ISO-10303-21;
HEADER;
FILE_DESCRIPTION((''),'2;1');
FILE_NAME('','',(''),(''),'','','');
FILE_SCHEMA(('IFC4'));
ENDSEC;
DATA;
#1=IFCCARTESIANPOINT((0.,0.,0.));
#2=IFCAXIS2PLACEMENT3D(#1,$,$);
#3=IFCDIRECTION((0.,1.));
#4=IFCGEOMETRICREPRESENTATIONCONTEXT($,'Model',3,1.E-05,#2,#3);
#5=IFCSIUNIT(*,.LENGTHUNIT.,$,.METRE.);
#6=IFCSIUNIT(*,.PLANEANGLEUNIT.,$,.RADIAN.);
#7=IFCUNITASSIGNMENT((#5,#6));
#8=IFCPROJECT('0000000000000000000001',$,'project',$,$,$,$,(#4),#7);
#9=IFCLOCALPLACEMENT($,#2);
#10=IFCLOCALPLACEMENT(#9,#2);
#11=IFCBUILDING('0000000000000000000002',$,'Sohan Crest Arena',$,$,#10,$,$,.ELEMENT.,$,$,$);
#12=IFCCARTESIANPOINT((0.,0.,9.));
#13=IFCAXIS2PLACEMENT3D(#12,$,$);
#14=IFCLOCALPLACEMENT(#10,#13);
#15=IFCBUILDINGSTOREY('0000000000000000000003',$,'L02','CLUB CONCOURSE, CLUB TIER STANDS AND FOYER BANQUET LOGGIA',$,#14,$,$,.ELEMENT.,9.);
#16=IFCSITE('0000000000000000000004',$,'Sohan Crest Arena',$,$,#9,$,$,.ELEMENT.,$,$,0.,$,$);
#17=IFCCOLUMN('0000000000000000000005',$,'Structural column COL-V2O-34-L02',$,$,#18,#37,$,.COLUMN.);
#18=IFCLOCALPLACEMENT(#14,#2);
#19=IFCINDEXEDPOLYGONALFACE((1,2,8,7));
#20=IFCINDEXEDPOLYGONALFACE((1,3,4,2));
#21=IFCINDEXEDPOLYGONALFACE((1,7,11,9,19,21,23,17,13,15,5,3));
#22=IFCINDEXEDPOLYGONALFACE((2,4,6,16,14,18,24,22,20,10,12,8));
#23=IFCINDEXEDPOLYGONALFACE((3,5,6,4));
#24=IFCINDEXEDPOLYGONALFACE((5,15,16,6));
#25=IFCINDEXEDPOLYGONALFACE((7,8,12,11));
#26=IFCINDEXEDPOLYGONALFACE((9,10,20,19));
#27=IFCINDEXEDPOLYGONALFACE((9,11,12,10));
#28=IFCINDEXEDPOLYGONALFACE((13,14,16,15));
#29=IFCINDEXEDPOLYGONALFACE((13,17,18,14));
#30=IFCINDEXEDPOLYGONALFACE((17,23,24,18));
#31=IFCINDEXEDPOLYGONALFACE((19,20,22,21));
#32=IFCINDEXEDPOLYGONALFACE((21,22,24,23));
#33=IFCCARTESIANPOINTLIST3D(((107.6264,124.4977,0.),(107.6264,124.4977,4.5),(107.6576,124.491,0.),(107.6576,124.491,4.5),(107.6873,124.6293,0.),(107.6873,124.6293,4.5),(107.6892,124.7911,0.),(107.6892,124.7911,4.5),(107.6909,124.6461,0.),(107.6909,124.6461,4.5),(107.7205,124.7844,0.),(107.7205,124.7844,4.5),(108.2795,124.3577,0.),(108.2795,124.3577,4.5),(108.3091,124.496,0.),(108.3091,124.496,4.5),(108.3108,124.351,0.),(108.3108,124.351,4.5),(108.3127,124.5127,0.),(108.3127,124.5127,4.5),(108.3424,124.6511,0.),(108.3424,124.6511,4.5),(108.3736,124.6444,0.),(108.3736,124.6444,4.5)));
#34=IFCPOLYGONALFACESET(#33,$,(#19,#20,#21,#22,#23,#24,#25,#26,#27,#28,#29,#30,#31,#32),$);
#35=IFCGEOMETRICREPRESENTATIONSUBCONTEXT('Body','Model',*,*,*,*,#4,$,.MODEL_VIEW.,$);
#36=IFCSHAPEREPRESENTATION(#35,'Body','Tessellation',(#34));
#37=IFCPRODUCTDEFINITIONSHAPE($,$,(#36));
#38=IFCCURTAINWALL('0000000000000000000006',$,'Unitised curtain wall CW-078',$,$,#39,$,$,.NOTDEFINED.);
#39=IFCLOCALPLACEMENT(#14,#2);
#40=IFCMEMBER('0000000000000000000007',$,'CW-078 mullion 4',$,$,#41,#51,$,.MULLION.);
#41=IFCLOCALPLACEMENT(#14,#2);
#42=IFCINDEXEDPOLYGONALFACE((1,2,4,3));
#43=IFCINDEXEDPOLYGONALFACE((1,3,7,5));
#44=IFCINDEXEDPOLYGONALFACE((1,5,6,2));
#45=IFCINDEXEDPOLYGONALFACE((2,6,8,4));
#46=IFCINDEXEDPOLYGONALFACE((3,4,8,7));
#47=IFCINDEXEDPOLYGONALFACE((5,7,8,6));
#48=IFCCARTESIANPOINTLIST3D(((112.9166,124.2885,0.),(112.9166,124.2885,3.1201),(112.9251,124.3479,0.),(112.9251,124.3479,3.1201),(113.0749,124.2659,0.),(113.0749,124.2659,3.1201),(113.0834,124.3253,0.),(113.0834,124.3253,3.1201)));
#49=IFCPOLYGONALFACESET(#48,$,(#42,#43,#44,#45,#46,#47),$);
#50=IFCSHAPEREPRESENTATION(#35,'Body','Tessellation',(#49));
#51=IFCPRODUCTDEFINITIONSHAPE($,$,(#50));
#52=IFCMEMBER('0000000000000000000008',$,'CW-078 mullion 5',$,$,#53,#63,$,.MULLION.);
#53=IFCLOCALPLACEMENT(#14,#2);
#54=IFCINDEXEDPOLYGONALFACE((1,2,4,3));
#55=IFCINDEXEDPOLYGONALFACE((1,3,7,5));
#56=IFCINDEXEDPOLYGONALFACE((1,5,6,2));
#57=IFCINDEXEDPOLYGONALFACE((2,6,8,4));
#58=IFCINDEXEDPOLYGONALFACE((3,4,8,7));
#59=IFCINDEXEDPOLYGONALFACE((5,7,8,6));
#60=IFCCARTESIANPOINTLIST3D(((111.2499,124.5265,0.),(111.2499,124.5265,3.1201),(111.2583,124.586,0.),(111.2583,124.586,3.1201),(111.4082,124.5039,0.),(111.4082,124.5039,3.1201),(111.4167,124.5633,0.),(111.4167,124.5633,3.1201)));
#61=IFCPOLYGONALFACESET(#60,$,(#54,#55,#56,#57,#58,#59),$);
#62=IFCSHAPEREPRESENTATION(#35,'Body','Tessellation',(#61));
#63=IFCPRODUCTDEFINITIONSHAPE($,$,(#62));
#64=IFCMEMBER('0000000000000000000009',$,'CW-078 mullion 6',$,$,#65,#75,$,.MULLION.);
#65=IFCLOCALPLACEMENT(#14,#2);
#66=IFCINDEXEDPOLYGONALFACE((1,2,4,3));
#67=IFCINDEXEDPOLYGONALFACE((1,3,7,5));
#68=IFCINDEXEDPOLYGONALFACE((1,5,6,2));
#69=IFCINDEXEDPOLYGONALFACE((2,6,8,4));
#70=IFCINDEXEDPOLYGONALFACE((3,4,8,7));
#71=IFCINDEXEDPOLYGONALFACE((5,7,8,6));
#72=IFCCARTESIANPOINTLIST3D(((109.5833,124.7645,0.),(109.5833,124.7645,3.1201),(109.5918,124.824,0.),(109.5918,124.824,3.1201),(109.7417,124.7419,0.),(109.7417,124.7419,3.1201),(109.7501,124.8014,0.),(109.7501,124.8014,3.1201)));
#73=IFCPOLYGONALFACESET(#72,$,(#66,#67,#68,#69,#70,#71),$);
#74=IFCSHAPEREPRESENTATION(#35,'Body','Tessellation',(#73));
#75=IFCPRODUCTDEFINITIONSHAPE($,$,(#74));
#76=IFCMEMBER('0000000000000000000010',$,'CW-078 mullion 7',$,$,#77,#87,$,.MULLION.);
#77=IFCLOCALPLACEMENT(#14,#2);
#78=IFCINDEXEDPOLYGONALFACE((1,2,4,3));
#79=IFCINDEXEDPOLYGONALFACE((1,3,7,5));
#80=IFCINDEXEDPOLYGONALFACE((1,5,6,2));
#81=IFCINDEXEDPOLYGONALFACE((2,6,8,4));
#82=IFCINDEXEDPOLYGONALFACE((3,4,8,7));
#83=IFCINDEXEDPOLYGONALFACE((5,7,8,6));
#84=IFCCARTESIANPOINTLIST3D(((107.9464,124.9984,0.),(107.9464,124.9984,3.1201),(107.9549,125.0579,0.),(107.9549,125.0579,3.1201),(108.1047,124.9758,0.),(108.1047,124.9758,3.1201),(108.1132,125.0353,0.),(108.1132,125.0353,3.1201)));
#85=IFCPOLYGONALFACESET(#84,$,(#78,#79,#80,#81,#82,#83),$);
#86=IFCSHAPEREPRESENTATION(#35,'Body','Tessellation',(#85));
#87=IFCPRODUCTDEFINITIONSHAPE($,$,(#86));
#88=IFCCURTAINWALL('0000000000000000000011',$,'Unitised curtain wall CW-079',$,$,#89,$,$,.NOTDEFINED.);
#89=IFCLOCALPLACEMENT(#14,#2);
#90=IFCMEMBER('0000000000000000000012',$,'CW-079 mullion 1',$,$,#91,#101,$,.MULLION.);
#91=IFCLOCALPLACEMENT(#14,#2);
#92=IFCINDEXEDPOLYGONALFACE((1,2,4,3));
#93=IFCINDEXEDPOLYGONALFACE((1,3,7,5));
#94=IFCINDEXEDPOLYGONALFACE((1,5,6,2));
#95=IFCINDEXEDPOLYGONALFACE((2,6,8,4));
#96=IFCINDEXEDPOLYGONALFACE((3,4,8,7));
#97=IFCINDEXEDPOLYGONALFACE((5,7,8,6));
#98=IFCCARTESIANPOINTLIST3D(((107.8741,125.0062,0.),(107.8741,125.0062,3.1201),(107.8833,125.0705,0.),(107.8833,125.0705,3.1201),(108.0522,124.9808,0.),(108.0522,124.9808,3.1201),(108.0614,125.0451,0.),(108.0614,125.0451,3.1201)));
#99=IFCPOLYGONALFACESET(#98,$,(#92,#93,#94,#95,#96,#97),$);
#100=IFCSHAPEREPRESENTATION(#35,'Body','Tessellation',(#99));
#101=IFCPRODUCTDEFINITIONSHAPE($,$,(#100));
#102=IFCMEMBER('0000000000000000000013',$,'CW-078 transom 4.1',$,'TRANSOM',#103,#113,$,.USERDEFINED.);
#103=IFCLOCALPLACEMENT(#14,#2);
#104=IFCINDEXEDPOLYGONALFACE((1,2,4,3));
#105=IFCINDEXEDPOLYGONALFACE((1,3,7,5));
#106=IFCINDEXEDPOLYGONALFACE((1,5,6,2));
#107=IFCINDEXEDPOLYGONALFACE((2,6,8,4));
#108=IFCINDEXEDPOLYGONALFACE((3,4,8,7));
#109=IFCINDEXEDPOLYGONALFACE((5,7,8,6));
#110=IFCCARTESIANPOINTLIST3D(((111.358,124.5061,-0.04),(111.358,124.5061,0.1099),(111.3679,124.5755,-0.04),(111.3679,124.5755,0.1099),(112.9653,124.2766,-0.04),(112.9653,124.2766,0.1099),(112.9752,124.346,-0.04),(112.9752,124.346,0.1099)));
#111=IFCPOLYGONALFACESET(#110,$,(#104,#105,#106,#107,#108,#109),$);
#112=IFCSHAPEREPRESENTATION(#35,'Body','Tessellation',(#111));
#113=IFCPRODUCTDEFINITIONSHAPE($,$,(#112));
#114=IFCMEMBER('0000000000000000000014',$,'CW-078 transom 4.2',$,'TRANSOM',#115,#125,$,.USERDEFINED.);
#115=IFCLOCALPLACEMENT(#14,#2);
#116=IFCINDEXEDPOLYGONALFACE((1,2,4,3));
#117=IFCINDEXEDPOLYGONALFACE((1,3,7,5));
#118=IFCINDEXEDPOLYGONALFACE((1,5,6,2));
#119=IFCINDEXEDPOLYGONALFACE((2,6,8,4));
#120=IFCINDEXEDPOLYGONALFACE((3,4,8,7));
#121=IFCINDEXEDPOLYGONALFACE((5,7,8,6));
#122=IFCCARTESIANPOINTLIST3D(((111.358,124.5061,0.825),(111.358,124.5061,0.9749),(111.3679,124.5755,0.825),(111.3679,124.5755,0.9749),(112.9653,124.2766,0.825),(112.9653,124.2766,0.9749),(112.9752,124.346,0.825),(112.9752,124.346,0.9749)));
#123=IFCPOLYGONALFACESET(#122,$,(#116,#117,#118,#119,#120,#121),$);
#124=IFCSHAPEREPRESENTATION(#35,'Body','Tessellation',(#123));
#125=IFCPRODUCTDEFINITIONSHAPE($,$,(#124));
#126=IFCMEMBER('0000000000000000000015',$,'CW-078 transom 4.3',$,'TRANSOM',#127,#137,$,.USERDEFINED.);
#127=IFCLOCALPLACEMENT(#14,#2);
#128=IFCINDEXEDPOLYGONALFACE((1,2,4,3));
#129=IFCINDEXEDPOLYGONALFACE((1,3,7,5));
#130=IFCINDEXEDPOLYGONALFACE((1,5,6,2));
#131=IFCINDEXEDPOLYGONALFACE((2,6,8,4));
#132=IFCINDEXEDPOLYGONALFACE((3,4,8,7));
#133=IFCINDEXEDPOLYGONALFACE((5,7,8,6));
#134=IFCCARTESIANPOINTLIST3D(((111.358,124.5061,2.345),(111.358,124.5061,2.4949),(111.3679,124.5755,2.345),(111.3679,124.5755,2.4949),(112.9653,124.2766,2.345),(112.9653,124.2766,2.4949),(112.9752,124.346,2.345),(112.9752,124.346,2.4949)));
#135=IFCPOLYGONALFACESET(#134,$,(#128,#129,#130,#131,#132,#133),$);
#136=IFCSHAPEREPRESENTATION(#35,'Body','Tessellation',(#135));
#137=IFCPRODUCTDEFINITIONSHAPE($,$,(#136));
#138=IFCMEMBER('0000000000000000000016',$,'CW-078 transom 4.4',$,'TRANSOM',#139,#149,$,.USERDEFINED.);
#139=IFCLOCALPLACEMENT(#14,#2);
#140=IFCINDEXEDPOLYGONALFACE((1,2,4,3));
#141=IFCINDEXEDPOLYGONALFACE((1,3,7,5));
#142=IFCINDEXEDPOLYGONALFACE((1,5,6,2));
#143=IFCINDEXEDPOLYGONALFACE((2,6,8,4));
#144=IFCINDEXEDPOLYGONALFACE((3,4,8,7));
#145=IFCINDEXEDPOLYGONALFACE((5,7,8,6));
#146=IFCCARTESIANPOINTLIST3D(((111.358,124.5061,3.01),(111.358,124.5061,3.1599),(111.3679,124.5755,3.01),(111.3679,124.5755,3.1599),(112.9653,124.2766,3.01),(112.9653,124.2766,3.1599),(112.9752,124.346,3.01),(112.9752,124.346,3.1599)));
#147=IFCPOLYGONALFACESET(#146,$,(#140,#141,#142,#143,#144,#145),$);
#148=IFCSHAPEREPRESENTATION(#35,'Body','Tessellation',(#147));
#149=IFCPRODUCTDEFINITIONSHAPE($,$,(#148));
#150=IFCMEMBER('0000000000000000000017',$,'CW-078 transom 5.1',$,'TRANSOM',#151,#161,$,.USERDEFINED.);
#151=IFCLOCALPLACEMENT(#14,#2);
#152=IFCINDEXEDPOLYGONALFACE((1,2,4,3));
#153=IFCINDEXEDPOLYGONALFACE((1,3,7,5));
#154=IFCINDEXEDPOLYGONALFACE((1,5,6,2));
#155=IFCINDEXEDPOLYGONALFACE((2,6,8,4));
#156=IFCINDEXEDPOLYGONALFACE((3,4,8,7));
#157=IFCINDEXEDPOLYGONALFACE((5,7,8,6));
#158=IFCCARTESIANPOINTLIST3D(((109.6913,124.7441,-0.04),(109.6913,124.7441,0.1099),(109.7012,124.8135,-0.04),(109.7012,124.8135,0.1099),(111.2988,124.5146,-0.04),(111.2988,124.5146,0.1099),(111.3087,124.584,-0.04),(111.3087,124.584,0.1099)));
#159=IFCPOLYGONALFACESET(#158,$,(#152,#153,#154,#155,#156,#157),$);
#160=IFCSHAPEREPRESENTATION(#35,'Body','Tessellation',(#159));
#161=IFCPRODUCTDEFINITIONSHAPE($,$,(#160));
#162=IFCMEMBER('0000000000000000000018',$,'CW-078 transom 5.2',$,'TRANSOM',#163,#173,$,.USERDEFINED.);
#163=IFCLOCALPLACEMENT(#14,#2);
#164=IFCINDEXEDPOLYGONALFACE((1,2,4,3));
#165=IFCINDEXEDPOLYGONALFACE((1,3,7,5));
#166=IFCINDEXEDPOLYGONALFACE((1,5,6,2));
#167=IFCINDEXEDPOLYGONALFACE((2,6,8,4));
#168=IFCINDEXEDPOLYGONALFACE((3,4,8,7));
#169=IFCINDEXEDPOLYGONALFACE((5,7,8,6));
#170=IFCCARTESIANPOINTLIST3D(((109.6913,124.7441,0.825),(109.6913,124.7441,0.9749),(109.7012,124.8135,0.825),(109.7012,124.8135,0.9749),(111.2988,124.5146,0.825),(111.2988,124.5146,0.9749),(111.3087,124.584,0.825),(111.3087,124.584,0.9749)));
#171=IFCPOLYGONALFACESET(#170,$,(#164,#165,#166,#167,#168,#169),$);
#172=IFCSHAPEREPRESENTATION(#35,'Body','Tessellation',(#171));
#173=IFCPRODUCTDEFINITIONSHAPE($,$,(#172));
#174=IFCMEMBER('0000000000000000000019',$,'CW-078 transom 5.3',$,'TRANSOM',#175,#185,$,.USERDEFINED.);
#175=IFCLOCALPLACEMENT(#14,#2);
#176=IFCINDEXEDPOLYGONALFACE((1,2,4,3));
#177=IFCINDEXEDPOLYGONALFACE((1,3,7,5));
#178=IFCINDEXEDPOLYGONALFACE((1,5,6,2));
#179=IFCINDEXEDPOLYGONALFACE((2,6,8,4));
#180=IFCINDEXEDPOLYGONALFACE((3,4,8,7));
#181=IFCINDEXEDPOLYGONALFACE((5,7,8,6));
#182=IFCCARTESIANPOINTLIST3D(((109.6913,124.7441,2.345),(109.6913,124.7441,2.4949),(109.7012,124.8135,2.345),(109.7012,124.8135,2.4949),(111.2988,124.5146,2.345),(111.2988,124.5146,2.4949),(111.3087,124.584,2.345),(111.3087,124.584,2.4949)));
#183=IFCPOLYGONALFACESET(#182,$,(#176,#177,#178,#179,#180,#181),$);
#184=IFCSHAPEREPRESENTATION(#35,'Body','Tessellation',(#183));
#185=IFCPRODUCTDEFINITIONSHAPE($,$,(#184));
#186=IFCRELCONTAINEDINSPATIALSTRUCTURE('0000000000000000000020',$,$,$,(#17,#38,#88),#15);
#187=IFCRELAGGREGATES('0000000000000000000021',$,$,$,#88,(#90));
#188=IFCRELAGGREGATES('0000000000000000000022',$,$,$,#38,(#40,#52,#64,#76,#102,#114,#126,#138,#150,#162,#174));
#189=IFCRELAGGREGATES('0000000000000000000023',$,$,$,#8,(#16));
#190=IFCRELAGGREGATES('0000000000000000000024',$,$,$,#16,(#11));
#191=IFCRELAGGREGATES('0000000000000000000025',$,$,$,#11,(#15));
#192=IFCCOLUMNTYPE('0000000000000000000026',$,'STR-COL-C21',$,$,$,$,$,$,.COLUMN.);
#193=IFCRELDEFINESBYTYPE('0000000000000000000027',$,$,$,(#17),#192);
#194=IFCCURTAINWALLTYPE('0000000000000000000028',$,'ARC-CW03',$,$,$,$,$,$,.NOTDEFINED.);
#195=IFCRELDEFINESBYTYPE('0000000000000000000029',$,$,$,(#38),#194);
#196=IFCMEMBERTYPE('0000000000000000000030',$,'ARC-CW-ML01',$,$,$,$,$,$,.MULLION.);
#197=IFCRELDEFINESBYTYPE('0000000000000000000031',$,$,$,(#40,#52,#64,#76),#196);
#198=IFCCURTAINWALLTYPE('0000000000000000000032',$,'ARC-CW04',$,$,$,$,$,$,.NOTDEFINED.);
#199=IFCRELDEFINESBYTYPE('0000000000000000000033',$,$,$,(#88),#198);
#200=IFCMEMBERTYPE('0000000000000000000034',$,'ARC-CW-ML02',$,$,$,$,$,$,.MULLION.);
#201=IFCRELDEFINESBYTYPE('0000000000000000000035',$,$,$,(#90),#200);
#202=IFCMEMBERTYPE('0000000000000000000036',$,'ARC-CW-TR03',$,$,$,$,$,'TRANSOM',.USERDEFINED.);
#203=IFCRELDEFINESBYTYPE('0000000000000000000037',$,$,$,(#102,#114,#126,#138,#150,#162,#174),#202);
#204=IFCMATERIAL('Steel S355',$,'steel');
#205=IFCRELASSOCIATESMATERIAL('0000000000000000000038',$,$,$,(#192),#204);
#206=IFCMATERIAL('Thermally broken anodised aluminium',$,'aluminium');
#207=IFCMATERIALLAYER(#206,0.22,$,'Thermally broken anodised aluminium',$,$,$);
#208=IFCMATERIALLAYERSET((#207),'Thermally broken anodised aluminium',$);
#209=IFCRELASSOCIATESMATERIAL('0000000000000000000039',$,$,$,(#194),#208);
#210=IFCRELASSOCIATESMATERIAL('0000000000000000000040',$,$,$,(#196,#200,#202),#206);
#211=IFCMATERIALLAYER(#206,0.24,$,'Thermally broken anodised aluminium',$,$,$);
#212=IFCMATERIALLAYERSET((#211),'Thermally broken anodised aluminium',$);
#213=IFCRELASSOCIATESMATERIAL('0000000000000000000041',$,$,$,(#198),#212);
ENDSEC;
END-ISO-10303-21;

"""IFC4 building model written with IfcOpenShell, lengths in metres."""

from ifc_helpers import new_model, si_unit, direction, frame, origin, origin_2d, place, context, subcontext, project, spatial, rectangle, i_section, extrude, material, layer, layer_set, material_profile, profile_set, type_object, element, aggregate, save


model = new_model("IFC4")

# Units and contexts
model_context = context("Model", 3, precision=1e-05, world=origin(), true_north=direction((0.0, 1.0)))
body_context = subcontext(model_context, "Body", "Model", "MODEL_VIEW")
ifc_project = project(units=[si_unit("LENGTHUNIT", "METRE"), si_unit("PLANEANGLEUNIT", "RADIAN")], contexts=[model_context])

# Site, building, storey
site_placement = place(None, origin())
site = spatial("IfcSite", under=ifc_project, at=site_placement, Name="Sohan Crest Arena", CompositionType="ELEMENT", RefElevation=0.0)
building_placement = place(site_placement, origin())
building = spatial("IfcBuilding", under=site, at=building_placement, Name="Sohan Crest Arena", CompositionType="ELEMENT")
storey_placement = place(building_placement, frame((0.0, 0.0, 9.0)))
storey = spatial("IfcBuildingStorey", under=building, at=storey_placement, Name="L02", Description="CLUB CONCOURSE, CLUB TIER STANDS AND FOYER BANQUET LOGGIA", CompositionType="ELEMENT", Elevation=9.0)

# Column
ifc_material_1 = material(Name="Steel S355", Category="steel")
ifc_material_profile_1 = material_profile(ifc_material_1, i_section(OverallWidth=0.3, OverallDepth=0.7, WebThickness=0.0171, FlangeThickness=0.032, at=origin_2d()), Name="HEB 700")
ifc_profile_set_1 = profile_set([ifc_material_profile_1], Name="Steel S355")
column_type = type_object("IfcColumnType", Name="STR-COL-C21", PredefinedType="COLUMN", material=ifc_profile_set_1)
column_placement = place(storey_placement, frame((108.0, 124.571, 0.0), z_axis=(0.0, 0.0, 1.0), x_axis=(0.209619, 0.977783, 0.0)))
element("IfcColumn", 1, at=column_placement, inside=storey, type_object=column_type, Name="Structural column COL-V2O-34-L02", PredefinedType="COLUMN", context=body_context, shape_type="SweptSolid", body=[
    extrude(i_section(OverallWidth=0.3, OverallDepth=0.7, WebThickness=0.0171, FlangeThickness=0.032, at=origin_2d()), origin(), (0.0, 0.0, 1.0), 4.5),
])

# Curtain wall, members
ifc_material_2 = material(Name="Thermally broken anodised aluminium", Category="aluminium")
ifc_layer_1 = layer(ifc_material_2, 0.22, Name="Thermally broken anodised aluminium")
ifc_layer_set_1 = layer_set([ifc_layer_1], Name="Thermally broken anodised aluminium")
curtain_wall_type_1 = type_object("IfcCurtainWallType", Name="ARC-CW03", PredefinedType="NOTDEFINED", material=ifc_layer_set_1)
curtain_wall_1_placement = place(storey_placement, origin())
curtain_wall_1 = element("IfcCurtainWall", 2, at=curtain_wall_1_placement, inside=storey, type_object=curtain_wall_type_1, Name="Unitised curtain wall CW-078", PredefinedType="NOTDEFINED")
ifc_material_profile_2 = material_profile(ifc_material_2, rectangle(XDim=0.0601, YDim=0.1599, at=origin_2d()), Name="ALU-MULL 60x160")
ifc_profile_set_2 = profile_set([ifc_material_profile_2], Name="Thermally broken anodised aluminium")
member_type_1 = type_object("IfcMemberType", Name="ARC-CW-ML01", PredefinedType="MULLION", material=ifc_profile_set_2)
member_1_placement = place(storey_placement, frame((113.0, 124.3069, 0.0), z_axis=(0.0, 0.0, 1.0), x_axis=(-0.141366, -0.989957, 0.0)))
member_1 = element("IfcMember", 3, at=member_1_placement, type_object=member_type_1, Name="CW-078 mullion 4", PredefinedType="MULLION", context=body_context, shape_type="SweptSolid", body=[
    extrude(rectangle(XDim=0.0601, YDim=0.1599, at=origin_2d()), origin(), (0.0, 0.0, 1.0), 3.1201),
])
member_2_placement = place(storey_placement, frame((111.3333, 124.5449, 0.0), z_axis=(0.0, 0.0, 1.0), x_axis=(-0.141366, -0.989957, 0.0)))
member_2 = element("IfcMember", 4, at=member_2_placement, type_object=member_type_1, Name="CW-078 mullion 5", PredefinedType="MULLION", context=body_context, shape_type="SweptSolid", body=[
    extrude(rectangle(XDim=0.0601, YDim=0.1599, at=origin_2d()), origin(), (0.0, 0.0, 1.0), 3.1201),
])
member_3_placement = place(storey_placement, frame((109.6667, 124.783, 0.0), z_axis=(0.0, 0.0, 1.0), x_axis=(-0.141366, -0.989957, 0.0)))
member_3 = element("IfcMember", 5, at=member_3_placement, type_object=member_type_1, Name="CW-078 mullion 6", PredefinedType="MULLION", context=body_context, shape_type="SweptSolid", body=[
    extrude(rectangle(XDim=0.0601, YDim=0.1599, at=origin_2d()), origin(), (0.0, 0.0, 1.0), 3.1201),
])
member_4_placement = place(storey_placement, frame((108.0298, 125.0168, 0.0), z_axis=(0.0, 0.0, 1.0), x_axis=(-0.141366, -0.989957, 0.0)))
member_4 = element("IfcMember", 6, at=member_4_placement, type_object=member_type_1, Name="CW-078 mullion 7", PredefinedType="MULLION", context=body_context, shape_type="SweptSolid", body=[
    extrude(rectangle(XDim=0.0601, YDim=0.1599, at=origin_2d()), origin(), (0.0, 0.0, 1.0), 3.1201),
])

# Curtain wall, member
ifc_layer_2 = layer(ifc_material_2, 0.24, Name="Thermally broken anodised aluminium")
ifc_layer_set_2 = layer_set([ifc_layer_2], Name="Thermally broken anodised aluminium")
curtain_wall_type_2 = type_object("IfcCurtainWallType", Name="ARC-CW04", PredefinedType="NOTDEFINED", material=ifc_layer_set_2)
curtain_wall_2_placement = place(storey_placement, origin())
curtain_wall_2 = element("IfcCurtainWall", 7, at=curtain_wall_2_placement, inside=storey, type_object=curtain_wall_type_2, Name="Unitised curtain wall CW-079", PredefinedType="NOTDEFINED")
ifc_material_profile_3 = material_profile(ifc_material_2, rectangle(XDim=0.0649, YDim=0.1799, at=origin_2d()), Name="ALU-MULL 65x180")
ifc_profile_set_3 = profile_set([ifc_material_profile_3], Name="Thermally broken anodised aluminium")
member_type_2 = type_object("IfcMemberType", Name="ARC-CW-ML02", PredefinedType="MULLION", material=ifc_profile_set_3)
member_5_placement = place(storey_placement, frame((107.9678, 125.0256, 0.0), z_axis=(0.0, 0.0, 1.0), x_axis=(-0.141463, -0.989944, 0.0)))
member_5 = element("IfcMember", 8, at=member_5_placement, type_object=member_type_2, Name="CW-079 mullion 1", PredefinedType="MULLION", context=body_context, shape_type="SweptSolid", body=[
    extrude(rectangle(XDim=0.0649, YDim=0.1799, at=origin_2d()), origin(), (0.0, 0.0, 1.0), 3.1201),
])
aggregate(curtain_wall_2, [member_5])

# Members
ifc_material_profile_4 = material_profile(ifc_material_2, rectangle(XDim=0.0701, YDim=0.1499, at=origin_2d()), Name="ALU-TRAN 70x150")
ifc_profile_set_4 = profile_set([ifc_material_profile_4], Name="Thermally broken anodised aluminium")
member_type_3 = type_object("IfcMemberType", Name="ARC-CW-TR03", ElementType="TRANSOM", PredefinedType="USERDEFINED", material=ifc_profile_set_4)
member_6_placement = place(storey_placement, frame((112.9702, 124.3113, 0.0349), z_axis=(-0.989959, 0.141358, 0.0), x_axis=(-0.141358, -0.989959, 0.0)))
member_6 = element("IfcMember", 9, at=member_6_placement, type_object=member_type_3, Name="CW-078 transom 4.1", ObjectType="TRANSOM", PredefinedType="USERDEFINED", context=body_context, shape_type="SweptSolid", body=[
    extrude(rectangle(XDim=0.0701, YDim=0.1499, at=origin_2d()), origin(), (0.0, 0.0, 1.0), 1.6235),
])
member_7_placement = place(storey_placement, frame((112.9702, 124.3113, 0.8999), z_axis=(-0.989959, 0.141358, 0.0), x_axis=(-0.141358, -0.989959, 0.0)))
member_7 = element("IfcMember", 10, at=member_7_placement, type_object=member_type_3, Name="CW-078 transom 4.2", ObjectType="TRANSOM", PredefinedType="USERDEFINED", context=body_context, shape_type="SweptSolid", body=[
    extrude(rectangle(XDim=0.0701, YDim=0.1499, at=origin_2d()), origin(), (0.0, 0.0, 1.0), 1.6235),
])
member_8_placement = place(storey_placement, frame((112.9702, 124.3113, 2.4199), z_axis=(-0.989959, 0.141358, 0.0), x_axis=(-0.141358, -0.989959, 0.0)))
member_8 = element("IfcMember", 11, at=member_8_placement, type_object=member_type_3, Name="CW-078 transom 4.3", ObjectType="TRANSOM", PredefinedType="USERDEFINED", context=body_context, shape_type="SweptSolid", body=[
    extrude(rectangle(XDim=0.0701, YDim=0.1499, at=origin_2d()), origin(), (0.0, 0.0, 1.0), 1.6235),
])
member_9_placement = place(storey_placement, frame((112.9702, 124.3113, 3.085), z_axis=(-0.989959, 0.141358, 0.0), x_axis=(-0.141358, -0.989959, 0.0)))
member_9 = element("IfcMember", 12, at=member_9_placement, type_object=member_type_3, Name="CW-078 transom 4.4", ObjectType="TRANSOM", PredefinedType="USERDEFINED", context=body_context, shape_type="SweptSolid", body=[
    extrude(rectangle(XDim=0.0701, YDim=0.1499, at=origin_2d()), origin(), (0.0, 0.0, 1.0), 1.6235),
])
member_10_placement = place(storey_placement, frame((111.3037, 124.5493, 0.0349), z_axis=(-0.989962, 0.141337, 0.0), x_axis=(-0.141337, -0.989962, 0.0)))
member_10 = element("IfcMember", 13, at=member_10_placement, type_object=member_type_3, Name="CW-078 transom 5.1", ObjectType="TRANSOM", PredefinedType="USERDEFINED", context=body_context, shape_type="SweptSolid", body=[
    extrude(rectangle(XDim=0.0701, YDim=0.1499, at=origin_2d()), origin(), (0.0, 0.0, 1.0), 1.6238),
])
member_11_placement = place(storey_placement, frame((111.3037, 124.5493, 0.8999), z_axis=(-0.989962, 0.141337, 0.0), x_axis=(-0.141337, -0.989962, 0.0)))
member_11 = element("IfcMember", 14, at=member_11_placement, type_object=member_type_3, Name="CW-078 transom 5.2", ObjectType="TRANSOM", PredefinedType="USERDEFINED", context=body_context, shape_type="SweptSolid", body=[
    extrude(rectangle(XDim=0.0701, YDim=0.1499, at=origin_2d()), origin(), (0.0, 0.0, 1.0), 1.6238),
])
member_12_placement = place(storey_placement, frame((111.3037, 124.5493, 2.4199), z_axis=(-0.989962, 0.141337, 0.0), x_axis=(-0.141337, -0.989962, 0.0)))
member_12 = element("IfcMember", 15, at=member_12_placement, type_object=member_type_3, Name="CW-078 transom 5.3", ObjectType="TRANSOM", PredefinedType="USERDEFINED", context=body_context, shape_type="SweptSolid", body=[
    extrude(rectangle(XDim=0.0701, YDim=0.1499, at=origin_2d()), origin(), (0.0, 0.0, 1.0), 1.6238),
])

aggregate(curtain_wall_1, [member_1, member_2, member_3, member_4, member_6, member_7, member_8, member_9, member_10, member_11, member_12])

save(model, "model.ifc")
